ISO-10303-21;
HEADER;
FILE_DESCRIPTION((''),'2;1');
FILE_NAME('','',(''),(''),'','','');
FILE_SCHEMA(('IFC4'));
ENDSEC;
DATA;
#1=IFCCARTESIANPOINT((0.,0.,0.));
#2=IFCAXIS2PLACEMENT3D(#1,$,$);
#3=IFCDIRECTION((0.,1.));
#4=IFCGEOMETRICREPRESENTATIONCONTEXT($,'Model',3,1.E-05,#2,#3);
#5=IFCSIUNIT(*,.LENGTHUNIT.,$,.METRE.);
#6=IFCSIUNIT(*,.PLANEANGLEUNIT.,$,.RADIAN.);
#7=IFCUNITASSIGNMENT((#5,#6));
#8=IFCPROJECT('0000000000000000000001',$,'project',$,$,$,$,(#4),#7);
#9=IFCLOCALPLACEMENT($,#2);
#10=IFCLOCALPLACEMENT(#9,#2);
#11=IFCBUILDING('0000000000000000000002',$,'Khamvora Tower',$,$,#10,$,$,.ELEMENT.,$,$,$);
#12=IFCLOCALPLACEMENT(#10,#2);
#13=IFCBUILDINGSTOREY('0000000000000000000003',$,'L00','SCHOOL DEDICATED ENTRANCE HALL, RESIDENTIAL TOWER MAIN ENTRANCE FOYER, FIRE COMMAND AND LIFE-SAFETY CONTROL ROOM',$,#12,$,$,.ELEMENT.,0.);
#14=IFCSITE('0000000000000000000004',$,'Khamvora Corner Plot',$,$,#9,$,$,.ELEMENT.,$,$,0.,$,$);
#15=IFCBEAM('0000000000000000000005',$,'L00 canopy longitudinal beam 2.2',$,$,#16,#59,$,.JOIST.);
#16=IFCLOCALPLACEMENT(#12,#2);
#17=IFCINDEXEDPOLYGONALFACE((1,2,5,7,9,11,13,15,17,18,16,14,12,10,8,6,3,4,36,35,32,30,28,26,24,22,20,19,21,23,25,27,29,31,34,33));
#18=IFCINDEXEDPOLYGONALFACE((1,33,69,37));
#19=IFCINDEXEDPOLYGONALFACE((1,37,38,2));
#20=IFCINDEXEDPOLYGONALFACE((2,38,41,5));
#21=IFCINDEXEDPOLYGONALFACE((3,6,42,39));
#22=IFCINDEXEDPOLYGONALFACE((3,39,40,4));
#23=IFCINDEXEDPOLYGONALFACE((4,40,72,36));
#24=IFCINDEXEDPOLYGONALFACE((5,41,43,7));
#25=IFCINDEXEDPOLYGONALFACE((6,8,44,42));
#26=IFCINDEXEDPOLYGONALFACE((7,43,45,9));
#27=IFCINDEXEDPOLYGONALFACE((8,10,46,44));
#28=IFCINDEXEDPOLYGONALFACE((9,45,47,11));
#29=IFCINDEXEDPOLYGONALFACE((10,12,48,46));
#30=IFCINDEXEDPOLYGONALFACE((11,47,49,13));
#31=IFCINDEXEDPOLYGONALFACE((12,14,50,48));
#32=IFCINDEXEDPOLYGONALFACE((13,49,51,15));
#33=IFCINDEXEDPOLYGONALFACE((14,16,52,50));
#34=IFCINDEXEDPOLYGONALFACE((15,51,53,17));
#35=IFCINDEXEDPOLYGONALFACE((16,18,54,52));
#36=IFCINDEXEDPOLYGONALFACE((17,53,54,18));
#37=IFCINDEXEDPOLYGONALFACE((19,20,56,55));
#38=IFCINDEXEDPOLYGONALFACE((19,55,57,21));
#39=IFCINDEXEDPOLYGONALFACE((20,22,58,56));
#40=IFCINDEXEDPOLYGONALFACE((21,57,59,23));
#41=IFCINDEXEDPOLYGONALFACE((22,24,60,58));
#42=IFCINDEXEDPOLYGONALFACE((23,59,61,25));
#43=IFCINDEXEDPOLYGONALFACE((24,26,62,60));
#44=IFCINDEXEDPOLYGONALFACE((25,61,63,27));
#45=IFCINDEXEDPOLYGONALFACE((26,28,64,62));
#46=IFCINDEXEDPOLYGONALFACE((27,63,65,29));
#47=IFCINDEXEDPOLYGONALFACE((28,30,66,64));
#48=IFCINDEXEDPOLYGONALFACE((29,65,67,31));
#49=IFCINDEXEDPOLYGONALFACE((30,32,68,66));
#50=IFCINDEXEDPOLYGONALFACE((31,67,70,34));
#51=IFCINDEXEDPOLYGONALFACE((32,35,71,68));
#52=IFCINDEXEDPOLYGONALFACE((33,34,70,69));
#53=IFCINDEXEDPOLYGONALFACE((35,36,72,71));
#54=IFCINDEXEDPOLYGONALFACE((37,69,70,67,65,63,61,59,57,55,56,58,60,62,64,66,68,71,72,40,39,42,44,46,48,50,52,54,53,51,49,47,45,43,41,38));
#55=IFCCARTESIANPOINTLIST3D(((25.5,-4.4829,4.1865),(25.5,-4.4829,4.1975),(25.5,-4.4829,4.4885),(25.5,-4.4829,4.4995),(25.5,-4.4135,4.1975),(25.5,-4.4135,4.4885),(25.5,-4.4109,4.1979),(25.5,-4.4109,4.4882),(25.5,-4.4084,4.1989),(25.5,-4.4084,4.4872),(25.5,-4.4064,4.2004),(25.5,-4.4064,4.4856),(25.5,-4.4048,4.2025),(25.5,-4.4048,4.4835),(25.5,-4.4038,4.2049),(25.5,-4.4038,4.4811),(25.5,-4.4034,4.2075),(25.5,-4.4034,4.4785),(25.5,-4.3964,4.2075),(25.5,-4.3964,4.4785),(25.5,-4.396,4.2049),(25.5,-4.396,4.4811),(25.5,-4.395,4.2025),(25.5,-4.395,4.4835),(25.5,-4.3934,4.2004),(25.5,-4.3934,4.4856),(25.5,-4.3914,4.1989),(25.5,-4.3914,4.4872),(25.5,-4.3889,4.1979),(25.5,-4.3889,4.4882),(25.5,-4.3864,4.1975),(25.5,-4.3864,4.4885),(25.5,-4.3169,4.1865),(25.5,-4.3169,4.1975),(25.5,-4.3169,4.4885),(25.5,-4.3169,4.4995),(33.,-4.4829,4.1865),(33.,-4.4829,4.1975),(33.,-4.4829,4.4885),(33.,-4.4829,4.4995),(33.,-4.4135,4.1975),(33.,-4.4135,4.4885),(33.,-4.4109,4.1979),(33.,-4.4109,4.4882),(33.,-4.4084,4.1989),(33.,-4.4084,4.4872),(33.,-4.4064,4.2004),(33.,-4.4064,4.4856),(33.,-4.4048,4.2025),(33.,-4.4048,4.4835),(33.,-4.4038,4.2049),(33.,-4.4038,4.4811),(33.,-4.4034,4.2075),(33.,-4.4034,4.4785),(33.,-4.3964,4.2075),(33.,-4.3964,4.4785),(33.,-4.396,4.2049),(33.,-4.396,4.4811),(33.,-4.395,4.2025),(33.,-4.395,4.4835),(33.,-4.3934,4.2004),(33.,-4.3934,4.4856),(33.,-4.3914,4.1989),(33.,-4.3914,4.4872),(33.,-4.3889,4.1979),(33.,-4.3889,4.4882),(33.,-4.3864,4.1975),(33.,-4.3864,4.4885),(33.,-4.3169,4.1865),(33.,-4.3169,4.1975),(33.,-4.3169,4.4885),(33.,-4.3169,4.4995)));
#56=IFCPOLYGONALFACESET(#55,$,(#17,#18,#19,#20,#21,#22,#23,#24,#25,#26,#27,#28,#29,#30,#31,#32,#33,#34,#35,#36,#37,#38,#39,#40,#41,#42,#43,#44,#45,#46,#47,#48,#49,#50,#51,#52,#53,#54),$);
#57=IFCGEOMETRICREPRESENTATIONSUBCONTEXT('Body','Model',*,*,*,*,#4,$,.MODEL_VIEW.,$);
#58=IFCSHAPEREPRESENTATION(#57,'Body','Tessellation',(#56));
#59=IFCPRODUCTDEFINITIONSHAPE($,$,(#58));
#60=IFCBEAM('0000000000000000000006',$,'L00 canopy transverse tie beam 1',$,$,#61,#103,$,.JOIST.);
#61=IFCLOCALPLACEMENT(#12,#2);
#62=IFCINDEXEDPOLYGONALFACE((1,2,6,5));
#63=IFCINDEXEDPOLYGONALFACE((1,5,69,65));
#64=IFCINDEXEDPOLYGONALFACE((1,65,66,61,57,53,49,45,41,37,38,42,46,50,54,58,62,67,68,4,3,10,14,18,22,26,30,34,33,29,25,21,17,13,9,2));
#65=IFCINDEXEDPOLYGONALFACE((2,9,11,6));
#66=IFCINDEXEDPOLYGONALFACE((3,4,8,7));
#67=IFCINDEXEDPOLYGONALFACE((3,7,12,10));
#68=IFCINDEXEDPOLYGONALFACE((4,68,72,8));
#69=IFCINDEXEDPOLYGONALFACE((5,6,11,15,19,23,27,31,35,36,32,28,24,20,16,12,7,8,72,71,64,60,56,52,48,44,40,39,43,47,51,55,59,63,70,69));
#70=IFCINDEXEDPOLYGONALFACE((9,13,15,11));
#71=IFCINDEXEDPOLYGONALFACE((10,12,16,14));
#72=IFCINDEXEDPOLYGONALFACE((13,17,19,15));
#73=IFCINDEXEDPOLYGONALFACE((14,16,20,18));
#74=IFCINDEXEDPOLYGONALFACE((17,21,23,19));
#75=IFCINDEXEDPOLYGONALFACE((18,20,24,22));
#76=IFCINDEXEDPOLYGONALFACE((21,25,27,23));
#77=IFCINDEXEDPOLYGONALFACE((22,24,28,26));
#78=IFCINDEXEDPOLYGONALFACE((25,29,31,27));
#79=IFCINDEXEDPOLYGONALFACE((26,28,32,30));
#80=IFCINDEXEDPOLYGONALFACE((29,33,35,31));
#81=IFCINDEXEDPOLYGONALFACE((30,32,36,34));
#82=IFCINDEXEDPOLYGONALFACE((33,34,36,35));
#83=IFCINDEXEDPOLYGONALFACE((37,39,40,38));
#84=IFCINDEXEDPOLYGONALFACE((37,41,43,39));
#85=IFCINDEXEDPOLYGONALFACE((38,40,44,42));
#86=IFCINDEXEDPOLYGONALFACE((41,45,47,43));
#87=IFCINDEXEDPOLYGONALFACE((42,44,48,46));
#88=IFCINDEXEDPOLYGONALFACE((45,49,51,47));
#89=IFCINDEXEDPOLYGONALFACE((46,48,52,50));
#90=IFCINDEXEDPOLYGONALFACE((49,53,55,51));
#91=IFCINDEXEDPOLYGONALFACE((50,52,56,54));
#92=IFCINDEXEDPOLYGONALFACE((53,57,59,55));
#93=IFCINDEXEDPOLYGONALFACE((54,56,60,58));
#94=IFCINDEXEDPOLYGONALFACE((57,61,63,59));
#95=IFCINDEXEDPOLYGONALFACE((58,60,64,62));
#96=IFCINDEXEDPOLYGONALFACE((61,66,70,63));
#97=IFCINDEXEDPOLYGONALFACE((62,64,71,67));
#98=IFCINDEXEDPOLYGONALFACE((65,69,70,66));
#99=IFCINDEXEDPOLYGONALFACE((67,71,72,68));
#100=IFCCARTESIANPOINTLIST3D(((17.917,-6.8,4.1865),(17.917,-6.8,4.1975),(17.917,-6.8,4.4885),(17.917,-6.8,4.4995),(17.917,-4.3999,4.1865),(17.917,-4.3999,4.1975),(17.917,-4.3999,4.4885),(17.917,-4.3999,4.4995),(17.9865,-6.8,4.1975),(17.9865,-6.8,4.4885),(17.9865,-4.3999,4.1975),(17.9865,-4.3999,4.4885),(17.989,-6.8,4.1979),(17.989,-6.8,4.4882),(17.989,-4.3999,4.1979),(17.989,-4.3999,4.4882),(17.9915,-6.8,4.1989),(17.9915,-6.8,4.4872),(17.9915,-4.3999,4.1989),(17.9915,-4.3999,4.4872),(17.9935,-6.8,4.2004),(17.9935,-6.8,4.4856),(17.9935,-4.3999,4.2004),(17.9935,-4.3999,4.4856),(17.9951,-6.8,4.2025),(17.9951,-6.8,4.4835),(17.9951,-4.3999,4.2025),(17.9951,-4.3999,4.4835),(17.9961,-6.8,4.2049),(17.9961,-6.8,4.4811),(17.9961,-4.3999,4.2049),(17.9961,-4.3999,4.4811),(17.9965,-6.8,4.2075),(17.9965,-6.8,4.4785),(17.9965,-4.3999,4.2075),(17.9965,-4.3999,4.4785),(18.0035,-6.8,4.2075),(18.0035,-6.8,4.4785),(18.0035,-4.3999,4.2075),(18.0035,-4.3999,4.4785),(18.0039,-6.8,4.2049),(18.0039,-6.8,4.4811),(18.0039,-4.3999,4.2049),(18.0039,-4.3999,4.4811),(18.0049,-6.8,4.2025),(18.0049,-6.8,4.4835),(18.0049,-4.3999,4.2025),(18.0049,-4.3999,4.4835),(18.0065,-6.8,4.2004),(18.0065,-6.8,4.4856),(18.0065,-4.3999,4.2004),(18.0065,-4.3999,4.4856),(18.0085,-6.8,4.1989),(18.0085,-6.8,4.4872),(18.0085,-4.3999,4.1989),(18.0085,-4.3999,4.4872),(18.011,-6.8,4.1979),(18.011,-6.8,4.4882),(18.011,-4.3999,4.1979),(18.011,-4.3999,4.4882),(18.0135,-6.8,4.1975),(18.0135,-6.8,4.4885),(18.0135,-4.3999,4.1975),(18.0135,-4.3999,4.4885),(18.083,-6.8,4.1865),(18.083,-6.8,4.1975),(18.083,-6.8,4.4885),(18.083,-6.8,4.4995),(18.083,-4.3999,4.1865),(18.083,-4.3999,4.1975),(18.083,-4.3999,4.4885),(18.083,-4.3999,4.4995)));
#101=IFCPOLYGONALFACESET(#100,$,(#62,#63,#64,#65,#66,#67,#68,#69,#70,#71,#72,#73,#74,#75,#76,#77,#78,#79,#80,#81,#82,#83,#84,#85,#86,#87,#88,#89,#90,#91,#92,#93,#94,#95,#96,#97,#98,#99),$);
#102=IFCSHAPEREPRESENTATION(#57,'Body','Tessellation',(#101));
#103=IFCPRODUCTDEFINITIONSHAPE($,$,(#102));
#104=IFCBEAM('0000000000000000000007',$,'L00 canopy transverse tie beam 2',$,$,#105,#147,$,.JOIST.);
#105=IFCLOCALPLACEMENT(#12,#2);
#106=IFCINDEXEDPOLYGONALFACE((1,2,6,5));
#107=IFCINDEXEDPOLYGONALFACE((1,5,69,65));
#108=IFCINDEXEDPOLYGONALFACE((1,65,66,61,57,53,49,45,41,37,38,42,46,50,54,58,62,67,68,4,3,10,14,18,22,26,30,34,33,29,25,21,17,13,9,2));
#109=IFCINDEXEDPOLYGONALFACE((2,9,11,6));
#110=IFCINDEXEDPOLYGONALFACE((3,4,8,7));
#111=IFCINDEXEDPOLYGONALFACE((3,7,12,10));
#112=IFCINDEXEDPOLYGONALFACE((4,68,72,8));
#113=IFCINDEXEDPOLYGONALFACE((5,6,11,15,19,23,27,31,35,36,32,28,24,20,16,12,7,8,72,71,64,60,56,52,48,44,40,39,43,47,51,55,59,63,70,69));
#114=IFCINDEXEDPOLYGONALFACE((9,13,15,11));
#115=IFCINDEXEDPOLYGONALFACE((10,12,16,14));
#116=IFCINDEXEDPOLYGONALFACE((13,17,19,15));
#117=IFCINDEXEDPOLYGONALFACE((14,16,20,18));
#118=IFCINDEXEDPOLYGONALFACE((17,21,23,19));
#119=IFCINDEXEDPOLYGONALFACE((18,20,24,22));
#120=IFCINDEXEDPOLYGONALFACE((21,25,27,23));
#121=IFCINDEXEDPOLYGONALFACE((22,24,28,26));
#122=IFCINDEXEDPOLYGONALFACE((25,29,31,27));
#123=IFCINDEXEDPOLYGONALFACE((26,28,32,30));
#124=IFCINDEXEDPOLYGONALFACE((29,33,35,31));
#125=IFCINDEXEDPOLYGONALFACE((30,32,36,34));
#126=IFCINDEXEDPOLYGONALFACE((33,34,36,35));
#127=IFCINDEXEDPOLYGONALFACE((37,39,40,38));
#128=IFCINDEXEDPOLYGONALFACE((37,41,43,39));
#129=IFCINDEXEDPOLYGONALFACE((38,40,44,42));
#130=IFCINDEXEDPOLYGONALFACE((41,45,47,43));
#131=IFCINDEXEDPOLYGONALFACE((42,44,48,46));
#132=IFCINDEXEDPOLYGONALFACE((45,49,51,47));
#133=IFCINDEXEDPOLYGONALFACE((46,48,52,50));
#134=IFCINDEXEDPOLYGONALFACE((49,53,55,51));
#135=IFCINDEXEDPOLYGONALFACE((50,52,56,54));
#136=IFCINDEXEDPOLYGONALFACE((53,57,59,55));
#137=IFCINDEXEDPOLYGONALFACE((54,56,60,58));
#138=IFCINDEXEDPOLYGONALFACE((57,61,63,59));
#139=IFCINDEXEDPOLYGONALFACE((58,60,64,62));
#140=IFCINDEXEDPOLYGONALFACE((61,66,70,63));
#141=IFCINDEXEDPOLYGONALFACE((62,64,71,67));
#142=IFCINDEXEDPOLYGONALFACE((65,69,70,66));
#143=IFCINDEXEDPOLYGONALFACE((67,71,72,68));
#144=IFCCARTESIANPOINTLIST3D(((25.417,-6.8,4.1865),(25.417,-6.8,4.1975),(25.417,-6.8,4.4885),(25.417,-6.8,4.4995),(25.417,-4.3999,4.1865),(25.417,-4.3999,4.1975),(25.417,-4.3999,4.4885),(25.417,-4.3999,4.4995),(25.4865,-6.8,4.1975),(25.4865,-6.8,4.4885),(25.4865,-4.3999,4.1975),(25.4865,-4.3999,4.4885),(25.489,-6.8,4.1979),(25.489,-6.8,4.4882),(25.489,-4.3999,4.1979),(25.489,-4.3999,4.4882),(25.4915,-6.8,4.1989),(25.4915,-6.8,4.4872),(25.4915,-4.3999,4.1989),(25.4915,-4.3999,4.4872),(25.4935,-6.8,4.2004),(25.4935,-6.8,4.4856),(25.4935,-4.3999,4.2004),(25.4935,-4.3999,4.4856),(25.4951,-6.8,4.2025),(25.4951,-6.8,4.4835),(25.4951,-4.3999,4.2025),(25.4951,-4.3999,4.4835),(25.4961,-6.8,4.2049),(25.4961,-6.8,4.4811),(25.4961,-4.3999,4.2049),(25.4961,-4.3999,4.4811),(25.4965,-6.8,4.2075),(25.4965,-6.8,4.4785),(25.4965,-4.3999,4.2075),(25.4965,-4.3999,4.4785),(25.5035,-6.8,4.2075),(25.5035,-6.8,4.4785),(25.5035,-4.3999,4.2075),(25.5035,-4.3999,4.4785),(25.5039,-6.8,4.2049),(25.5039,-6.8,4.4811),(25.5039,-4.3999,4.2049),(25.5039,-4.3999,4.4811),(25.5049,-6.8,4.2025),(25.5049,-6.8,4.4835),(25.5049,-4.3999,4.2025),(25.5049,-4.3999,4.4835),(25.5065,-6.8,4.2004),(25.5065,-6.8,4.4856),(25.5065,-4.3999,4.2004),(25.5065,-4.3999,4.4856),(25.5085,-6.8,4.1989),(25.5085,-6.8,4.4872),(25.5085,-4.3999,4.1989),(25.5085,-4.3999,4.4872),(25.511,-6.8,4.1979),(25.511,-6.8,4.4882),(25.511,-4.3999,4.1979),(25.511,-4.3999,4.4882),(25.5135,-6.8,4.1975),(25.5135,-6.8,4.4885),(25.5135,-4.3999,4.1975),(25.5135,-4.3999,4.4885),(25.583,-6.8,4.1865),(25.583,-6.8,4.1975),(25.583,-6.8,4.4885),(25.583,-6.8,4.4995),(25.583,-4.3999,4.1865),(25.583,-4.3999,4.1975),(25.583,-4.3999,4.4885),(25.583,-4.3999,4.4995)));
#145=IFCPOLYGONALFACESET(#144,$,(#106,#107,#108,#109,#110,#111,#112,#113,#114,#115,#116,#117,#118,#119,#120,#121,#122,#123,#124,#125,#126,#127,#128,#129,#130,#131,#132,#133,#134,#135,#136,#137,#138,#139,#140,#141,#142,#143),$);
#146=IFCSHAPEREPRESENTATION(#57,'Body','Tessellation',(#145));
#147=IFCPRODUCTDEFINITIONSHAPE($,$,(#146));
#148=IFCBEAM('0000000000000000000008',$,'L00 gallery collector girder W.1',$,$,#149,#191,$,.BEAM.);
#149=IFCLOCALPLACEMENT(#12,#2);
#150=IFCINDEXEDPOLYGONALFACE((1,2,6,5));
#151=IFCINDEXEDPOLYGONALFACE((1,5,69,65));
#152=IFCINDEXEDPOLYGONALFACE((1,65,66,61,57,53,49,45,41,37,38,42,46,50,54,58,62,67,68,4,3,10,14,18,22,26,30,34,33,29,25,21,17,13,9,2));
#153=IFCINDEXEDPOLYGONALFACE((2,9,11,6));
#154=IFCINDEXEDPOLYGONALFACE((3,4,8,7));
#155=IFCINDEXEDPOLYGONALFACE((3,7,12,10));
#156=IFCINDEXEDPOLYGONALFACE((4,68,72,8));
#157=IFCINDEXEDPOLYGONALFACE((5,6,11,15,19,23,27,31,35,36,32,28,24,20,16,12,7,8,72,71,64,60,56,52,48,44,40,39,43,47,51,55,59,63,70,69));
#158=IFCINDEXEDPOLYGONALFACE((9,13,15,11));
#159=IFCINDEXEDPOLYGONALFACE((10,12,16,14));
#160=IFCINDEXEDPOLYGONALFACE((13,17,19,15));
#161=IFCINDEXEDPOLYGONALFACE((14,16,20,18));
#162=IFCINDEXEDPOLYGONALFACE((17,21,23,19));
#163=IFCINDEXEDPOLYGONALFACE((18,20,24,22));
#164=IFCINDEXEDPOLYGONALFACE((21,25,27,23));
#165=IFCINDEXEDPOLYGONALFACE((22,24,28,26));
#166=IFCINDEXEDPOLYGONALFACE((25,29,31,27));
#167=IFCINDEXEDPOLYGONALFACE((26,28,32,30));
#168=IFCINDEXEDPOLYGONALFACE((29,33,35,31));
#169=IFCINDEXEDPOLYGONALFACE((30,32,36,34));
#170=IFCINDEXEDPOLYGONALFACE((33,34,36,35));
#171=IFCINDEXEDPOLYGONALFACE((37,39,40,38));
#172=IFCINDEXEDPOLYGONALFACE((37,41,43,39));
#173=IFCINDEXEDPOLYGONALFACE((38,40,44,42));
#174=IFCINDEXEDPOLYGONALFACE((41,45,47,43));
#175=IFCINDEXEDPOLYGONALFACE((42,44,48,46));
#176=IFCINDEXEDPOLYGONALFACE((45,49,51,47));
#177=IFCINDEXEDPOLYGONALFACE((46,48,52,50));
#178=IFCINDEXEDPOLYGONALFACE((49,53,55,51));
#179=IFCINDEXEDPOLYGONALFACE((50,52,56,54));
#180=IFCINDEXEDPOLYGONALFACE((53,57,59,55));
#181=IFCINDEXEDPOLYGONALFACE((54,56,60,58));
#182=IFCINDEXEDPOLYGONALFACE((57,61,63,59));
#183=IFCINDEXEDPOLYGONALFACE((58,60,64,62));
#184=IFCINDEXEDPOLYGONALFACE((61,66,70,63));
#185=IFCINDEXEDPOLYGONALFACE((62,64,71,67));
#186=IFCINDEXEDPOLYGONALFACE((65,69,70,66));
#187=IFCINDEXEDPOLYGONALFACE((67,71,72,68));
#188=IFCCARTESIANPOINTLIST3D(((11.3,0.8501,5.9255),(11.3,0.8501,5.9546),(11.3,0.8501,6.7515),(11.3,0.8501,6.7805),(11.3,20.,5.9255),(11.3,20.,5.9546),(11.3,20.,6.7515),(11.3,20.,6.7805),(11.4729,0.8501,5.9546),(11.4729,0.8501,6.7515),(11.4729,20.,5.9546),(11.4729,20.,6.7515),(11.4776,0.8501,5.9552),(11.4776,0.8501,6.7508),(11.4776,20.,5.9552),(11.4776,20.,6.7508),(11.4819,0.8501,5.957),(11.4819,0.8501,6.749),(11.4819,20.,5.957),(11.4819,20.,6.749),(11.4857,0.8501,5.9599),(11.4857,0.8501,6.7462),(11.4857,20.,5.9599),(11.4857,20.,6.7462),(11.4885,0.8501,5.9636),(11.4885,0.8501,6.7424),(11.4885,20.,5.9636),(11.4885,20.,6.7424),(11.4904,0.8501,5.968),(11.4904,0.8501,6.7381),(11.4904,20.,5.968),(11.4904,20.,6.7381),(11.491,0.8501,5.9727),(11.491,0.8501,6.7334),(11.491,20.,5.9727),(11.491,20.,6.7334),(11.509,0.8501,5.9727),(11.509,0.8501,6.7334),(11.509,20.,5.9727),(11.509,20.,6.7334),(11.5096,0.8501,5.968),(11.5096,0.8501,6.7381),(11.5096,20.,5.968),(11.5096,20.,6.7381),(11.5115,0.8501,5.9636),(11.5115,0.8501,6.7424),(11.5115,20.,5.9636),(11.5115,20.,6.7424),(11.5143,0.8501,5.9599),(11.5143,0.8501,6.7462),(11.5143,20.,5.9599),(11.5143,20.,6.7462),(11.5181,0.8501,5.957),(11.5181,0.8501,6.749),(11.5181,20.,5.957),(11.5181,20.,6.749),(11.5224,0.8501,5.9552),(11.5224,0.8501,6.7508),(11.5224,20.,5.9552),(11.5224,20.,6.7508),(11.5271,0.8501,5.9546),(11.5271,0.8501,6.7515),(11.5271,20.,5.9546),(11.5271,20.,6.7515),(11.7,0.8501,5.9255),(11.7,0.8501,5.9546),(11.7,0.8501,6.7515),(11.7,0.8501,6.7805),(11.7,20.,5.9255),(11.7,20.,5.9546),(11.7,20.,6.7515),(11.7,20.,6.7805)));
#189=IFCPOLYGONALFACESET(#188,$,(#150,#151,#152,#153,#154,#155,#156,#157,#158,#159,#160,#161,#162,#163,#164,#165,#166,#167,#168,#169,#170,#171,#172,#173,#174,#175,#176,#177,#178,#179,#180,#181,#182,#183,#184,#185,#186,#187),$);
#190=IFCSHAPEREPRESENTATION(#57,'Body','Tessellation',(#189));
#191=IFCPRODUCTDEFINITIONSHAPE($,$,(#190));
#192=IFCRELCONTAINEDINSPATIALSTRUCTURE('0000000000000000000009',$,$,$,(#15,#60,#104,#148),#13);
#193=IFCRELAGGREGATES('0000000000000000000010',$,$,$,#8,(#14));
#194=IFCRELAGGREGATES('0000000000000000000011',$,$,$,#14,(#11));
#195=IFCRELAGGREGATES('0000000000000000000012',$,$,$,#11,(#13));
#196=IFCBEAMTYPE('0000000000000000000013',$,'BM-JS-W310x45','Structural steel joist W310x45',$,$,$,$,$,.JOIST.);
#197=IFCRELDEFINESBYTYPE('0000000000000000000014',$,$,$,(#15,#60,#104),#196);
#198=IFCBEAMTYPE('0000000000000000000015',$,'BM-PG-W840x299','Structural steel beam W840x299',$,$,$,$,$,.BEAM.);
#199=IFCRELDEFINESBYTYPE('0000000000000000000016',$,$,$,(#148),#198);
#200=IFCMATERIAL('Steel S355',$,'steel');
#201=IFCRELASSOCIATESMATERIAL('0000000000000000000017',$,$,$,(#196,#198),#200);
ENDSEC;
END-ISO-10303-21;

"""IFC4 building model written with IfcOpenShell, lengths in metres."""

from ifc_helpers import new_model, si_unit, direction, frame, origin, origin_2d, place, context, subcontext, project, spatial, i_section, extrude, material, material_profile, profile_set, type_object, element, save


model = new_model("IFC4")

# Units and contexts
model_context = context("Model", 3, precision=1e-05, world=origin(), true_north=direction((0.0, 1.0)))
body_context = subcontext(model_context, "Body", "Model", "MODEL_VIEW")
ifc_project = project(units=[si_unit("LENGTHUNIT", "METRE"), si_unit("PLANEANGLEUNIT", "RADIAN")], contexts=[model_context])

# Site, building, storey
site_placement = place(None, origin())
site = spatial("IfcSite", under=ifc_project, at=site_placement, Name="Khamvora Corner Plot", CompositionType="ELEMENT", RefElevation=0.0)
building_placement = place(site_placement, origin())
building = spatial("IfcBuilding", under=site, at=building_placement, Name="Khamvora Tower", CompositionType="ELEMENT")
storey_placement = place(building_placement, origin())
storey = spatial("IfcBuildingStorey", under=building, at=storey_placement, Name="L00", Description="SCHOOL DEDICATED ENTRANCE HALL, RESIDENTIAL TOWER MAIN ENTRANCE FOYER, FIRE COMMAND AND LIFE-SAFETY CONTROL ROOM", CompositionType="ELEMENT", Elevation=0.0)

# Shared definitions
ifc_material_1 = material(Name="Steel S355", Category="steel")

# Beams
ifc_material_profile_1 = material_profile(ifc_material_1, i_section(OverallWidth=0.166, OverallDepth=0.313, WebThickness=0.0071, FlangeThickness=0.011, FilletRadius=0.01, at=origin_2d()), Name="W310x45")
ifc_profile_set_1 = profile_set([ifc_material_profile_1], Name="Steel S355")
beam_type_1 = type_object("IfcBeamType", Name="BM-JS-W310x45", Description="Structural steel joist W310x45", PredefinedType="JOIST", material=ifc_profile_set_1)
for number, where, z_axis, x_axis, name in (
    (1, (25.5, -4.3999, 4.343), (1.0, 0.0, 0.0), (0.0, 1.0, 0.0), "L00 canopy longitudinal beam 2.2"),
):
    element("IfcBeam", number, at=place(storey_placement, frame(where, z_axis=z_axis, x_axis=x_axis)), inside=storey, type_object=beam_type_1, Name=name, PredefinedType="JOIST", context=body_context, shape_type="SweptSolid", body=[
        extrude(i_section(OverallWidth=0.166, OverallDepth=0.313, WebThickness=0.0071, FlangeThickness=0.011, FilletRadius=0.01, at=origin_2d()), origin(), (0.0, 0.0, 1.0), 7.5),
    ])
for number, where, z_axis, x_axis, name in (
    (2, (18.0, -6.8, 4.343), (0.0, 1.0, 0.0), (-1.0, 0.0, 0.0), "L00 canopy transverse tie beam 1"),
    (3, (25.5, -6.8, 4.343), (0.0, 1.0, 0.0), (-1.0, 0.0, 0.0), "L00 canopy transverse tie beam 2"),
):
    element("IfcBeam", number, at=place(storey_placement, frame(where, z_axis=z_axis, x_axis=x_axis)), inside=storey, type_object=beam_type_1, Name=name, PredefinedType="JOIST", context=body_context, shape_type="SweptSolid", body=[
        extrude(i_section(OverallWidth=0.166, OverallDepth=0.313, WebThickness=0.0071, FlangeThickness=0.011, FilletRadius=0.01, at=origin_2d()), origin(), (0.0, 0.0, 1.0), 2.4001),
    ])
ifc_material_profile_2 = material_profile(ifc_material_1, i_section(OverallWidth=0.3999, OverallDepth=0.855, WebThickness=0.0181, FlangeThickness=0.0291, FilletRadius=0.0181, at=origin_2d()), Name="W840x299")
ifc_profile_set_2 = profile_set([ifc_material_profile_2], Name="Steel S355")
beam_type_2 = type_object("IfcBeamType", Name="BM-PG-W840x299", Description="Structural steel beam W840x299", PredefinedType="BEAM", material=ifc_profile_set_2)
beam_1_placement = place(storey_placement, frame((11.5, 0.8501, 6.353), z_axis=(0.0, 1.0, 0.0), x_axis=(-1.0, 0.0, 0.0)))
element("IfcBeam", 4, at=beam_1_placement, inside=storey, type_object=beam_type_2, Name="L00 gallery collector girder W.1", PredefinedType="BEAM", context=body_context, shape_type="SweptSolid", body=[
    extrude(i_section(OverallWidth=0.3999, OverallDepth=0.855, WebThickness=0.0181, FlangeThickness=0.0291, FilletRadius=0.0181, at=origin_2d()), origin(), (0.0, 0.0, 1.0), 19.1499),
])

save(model, "model.ifc")
